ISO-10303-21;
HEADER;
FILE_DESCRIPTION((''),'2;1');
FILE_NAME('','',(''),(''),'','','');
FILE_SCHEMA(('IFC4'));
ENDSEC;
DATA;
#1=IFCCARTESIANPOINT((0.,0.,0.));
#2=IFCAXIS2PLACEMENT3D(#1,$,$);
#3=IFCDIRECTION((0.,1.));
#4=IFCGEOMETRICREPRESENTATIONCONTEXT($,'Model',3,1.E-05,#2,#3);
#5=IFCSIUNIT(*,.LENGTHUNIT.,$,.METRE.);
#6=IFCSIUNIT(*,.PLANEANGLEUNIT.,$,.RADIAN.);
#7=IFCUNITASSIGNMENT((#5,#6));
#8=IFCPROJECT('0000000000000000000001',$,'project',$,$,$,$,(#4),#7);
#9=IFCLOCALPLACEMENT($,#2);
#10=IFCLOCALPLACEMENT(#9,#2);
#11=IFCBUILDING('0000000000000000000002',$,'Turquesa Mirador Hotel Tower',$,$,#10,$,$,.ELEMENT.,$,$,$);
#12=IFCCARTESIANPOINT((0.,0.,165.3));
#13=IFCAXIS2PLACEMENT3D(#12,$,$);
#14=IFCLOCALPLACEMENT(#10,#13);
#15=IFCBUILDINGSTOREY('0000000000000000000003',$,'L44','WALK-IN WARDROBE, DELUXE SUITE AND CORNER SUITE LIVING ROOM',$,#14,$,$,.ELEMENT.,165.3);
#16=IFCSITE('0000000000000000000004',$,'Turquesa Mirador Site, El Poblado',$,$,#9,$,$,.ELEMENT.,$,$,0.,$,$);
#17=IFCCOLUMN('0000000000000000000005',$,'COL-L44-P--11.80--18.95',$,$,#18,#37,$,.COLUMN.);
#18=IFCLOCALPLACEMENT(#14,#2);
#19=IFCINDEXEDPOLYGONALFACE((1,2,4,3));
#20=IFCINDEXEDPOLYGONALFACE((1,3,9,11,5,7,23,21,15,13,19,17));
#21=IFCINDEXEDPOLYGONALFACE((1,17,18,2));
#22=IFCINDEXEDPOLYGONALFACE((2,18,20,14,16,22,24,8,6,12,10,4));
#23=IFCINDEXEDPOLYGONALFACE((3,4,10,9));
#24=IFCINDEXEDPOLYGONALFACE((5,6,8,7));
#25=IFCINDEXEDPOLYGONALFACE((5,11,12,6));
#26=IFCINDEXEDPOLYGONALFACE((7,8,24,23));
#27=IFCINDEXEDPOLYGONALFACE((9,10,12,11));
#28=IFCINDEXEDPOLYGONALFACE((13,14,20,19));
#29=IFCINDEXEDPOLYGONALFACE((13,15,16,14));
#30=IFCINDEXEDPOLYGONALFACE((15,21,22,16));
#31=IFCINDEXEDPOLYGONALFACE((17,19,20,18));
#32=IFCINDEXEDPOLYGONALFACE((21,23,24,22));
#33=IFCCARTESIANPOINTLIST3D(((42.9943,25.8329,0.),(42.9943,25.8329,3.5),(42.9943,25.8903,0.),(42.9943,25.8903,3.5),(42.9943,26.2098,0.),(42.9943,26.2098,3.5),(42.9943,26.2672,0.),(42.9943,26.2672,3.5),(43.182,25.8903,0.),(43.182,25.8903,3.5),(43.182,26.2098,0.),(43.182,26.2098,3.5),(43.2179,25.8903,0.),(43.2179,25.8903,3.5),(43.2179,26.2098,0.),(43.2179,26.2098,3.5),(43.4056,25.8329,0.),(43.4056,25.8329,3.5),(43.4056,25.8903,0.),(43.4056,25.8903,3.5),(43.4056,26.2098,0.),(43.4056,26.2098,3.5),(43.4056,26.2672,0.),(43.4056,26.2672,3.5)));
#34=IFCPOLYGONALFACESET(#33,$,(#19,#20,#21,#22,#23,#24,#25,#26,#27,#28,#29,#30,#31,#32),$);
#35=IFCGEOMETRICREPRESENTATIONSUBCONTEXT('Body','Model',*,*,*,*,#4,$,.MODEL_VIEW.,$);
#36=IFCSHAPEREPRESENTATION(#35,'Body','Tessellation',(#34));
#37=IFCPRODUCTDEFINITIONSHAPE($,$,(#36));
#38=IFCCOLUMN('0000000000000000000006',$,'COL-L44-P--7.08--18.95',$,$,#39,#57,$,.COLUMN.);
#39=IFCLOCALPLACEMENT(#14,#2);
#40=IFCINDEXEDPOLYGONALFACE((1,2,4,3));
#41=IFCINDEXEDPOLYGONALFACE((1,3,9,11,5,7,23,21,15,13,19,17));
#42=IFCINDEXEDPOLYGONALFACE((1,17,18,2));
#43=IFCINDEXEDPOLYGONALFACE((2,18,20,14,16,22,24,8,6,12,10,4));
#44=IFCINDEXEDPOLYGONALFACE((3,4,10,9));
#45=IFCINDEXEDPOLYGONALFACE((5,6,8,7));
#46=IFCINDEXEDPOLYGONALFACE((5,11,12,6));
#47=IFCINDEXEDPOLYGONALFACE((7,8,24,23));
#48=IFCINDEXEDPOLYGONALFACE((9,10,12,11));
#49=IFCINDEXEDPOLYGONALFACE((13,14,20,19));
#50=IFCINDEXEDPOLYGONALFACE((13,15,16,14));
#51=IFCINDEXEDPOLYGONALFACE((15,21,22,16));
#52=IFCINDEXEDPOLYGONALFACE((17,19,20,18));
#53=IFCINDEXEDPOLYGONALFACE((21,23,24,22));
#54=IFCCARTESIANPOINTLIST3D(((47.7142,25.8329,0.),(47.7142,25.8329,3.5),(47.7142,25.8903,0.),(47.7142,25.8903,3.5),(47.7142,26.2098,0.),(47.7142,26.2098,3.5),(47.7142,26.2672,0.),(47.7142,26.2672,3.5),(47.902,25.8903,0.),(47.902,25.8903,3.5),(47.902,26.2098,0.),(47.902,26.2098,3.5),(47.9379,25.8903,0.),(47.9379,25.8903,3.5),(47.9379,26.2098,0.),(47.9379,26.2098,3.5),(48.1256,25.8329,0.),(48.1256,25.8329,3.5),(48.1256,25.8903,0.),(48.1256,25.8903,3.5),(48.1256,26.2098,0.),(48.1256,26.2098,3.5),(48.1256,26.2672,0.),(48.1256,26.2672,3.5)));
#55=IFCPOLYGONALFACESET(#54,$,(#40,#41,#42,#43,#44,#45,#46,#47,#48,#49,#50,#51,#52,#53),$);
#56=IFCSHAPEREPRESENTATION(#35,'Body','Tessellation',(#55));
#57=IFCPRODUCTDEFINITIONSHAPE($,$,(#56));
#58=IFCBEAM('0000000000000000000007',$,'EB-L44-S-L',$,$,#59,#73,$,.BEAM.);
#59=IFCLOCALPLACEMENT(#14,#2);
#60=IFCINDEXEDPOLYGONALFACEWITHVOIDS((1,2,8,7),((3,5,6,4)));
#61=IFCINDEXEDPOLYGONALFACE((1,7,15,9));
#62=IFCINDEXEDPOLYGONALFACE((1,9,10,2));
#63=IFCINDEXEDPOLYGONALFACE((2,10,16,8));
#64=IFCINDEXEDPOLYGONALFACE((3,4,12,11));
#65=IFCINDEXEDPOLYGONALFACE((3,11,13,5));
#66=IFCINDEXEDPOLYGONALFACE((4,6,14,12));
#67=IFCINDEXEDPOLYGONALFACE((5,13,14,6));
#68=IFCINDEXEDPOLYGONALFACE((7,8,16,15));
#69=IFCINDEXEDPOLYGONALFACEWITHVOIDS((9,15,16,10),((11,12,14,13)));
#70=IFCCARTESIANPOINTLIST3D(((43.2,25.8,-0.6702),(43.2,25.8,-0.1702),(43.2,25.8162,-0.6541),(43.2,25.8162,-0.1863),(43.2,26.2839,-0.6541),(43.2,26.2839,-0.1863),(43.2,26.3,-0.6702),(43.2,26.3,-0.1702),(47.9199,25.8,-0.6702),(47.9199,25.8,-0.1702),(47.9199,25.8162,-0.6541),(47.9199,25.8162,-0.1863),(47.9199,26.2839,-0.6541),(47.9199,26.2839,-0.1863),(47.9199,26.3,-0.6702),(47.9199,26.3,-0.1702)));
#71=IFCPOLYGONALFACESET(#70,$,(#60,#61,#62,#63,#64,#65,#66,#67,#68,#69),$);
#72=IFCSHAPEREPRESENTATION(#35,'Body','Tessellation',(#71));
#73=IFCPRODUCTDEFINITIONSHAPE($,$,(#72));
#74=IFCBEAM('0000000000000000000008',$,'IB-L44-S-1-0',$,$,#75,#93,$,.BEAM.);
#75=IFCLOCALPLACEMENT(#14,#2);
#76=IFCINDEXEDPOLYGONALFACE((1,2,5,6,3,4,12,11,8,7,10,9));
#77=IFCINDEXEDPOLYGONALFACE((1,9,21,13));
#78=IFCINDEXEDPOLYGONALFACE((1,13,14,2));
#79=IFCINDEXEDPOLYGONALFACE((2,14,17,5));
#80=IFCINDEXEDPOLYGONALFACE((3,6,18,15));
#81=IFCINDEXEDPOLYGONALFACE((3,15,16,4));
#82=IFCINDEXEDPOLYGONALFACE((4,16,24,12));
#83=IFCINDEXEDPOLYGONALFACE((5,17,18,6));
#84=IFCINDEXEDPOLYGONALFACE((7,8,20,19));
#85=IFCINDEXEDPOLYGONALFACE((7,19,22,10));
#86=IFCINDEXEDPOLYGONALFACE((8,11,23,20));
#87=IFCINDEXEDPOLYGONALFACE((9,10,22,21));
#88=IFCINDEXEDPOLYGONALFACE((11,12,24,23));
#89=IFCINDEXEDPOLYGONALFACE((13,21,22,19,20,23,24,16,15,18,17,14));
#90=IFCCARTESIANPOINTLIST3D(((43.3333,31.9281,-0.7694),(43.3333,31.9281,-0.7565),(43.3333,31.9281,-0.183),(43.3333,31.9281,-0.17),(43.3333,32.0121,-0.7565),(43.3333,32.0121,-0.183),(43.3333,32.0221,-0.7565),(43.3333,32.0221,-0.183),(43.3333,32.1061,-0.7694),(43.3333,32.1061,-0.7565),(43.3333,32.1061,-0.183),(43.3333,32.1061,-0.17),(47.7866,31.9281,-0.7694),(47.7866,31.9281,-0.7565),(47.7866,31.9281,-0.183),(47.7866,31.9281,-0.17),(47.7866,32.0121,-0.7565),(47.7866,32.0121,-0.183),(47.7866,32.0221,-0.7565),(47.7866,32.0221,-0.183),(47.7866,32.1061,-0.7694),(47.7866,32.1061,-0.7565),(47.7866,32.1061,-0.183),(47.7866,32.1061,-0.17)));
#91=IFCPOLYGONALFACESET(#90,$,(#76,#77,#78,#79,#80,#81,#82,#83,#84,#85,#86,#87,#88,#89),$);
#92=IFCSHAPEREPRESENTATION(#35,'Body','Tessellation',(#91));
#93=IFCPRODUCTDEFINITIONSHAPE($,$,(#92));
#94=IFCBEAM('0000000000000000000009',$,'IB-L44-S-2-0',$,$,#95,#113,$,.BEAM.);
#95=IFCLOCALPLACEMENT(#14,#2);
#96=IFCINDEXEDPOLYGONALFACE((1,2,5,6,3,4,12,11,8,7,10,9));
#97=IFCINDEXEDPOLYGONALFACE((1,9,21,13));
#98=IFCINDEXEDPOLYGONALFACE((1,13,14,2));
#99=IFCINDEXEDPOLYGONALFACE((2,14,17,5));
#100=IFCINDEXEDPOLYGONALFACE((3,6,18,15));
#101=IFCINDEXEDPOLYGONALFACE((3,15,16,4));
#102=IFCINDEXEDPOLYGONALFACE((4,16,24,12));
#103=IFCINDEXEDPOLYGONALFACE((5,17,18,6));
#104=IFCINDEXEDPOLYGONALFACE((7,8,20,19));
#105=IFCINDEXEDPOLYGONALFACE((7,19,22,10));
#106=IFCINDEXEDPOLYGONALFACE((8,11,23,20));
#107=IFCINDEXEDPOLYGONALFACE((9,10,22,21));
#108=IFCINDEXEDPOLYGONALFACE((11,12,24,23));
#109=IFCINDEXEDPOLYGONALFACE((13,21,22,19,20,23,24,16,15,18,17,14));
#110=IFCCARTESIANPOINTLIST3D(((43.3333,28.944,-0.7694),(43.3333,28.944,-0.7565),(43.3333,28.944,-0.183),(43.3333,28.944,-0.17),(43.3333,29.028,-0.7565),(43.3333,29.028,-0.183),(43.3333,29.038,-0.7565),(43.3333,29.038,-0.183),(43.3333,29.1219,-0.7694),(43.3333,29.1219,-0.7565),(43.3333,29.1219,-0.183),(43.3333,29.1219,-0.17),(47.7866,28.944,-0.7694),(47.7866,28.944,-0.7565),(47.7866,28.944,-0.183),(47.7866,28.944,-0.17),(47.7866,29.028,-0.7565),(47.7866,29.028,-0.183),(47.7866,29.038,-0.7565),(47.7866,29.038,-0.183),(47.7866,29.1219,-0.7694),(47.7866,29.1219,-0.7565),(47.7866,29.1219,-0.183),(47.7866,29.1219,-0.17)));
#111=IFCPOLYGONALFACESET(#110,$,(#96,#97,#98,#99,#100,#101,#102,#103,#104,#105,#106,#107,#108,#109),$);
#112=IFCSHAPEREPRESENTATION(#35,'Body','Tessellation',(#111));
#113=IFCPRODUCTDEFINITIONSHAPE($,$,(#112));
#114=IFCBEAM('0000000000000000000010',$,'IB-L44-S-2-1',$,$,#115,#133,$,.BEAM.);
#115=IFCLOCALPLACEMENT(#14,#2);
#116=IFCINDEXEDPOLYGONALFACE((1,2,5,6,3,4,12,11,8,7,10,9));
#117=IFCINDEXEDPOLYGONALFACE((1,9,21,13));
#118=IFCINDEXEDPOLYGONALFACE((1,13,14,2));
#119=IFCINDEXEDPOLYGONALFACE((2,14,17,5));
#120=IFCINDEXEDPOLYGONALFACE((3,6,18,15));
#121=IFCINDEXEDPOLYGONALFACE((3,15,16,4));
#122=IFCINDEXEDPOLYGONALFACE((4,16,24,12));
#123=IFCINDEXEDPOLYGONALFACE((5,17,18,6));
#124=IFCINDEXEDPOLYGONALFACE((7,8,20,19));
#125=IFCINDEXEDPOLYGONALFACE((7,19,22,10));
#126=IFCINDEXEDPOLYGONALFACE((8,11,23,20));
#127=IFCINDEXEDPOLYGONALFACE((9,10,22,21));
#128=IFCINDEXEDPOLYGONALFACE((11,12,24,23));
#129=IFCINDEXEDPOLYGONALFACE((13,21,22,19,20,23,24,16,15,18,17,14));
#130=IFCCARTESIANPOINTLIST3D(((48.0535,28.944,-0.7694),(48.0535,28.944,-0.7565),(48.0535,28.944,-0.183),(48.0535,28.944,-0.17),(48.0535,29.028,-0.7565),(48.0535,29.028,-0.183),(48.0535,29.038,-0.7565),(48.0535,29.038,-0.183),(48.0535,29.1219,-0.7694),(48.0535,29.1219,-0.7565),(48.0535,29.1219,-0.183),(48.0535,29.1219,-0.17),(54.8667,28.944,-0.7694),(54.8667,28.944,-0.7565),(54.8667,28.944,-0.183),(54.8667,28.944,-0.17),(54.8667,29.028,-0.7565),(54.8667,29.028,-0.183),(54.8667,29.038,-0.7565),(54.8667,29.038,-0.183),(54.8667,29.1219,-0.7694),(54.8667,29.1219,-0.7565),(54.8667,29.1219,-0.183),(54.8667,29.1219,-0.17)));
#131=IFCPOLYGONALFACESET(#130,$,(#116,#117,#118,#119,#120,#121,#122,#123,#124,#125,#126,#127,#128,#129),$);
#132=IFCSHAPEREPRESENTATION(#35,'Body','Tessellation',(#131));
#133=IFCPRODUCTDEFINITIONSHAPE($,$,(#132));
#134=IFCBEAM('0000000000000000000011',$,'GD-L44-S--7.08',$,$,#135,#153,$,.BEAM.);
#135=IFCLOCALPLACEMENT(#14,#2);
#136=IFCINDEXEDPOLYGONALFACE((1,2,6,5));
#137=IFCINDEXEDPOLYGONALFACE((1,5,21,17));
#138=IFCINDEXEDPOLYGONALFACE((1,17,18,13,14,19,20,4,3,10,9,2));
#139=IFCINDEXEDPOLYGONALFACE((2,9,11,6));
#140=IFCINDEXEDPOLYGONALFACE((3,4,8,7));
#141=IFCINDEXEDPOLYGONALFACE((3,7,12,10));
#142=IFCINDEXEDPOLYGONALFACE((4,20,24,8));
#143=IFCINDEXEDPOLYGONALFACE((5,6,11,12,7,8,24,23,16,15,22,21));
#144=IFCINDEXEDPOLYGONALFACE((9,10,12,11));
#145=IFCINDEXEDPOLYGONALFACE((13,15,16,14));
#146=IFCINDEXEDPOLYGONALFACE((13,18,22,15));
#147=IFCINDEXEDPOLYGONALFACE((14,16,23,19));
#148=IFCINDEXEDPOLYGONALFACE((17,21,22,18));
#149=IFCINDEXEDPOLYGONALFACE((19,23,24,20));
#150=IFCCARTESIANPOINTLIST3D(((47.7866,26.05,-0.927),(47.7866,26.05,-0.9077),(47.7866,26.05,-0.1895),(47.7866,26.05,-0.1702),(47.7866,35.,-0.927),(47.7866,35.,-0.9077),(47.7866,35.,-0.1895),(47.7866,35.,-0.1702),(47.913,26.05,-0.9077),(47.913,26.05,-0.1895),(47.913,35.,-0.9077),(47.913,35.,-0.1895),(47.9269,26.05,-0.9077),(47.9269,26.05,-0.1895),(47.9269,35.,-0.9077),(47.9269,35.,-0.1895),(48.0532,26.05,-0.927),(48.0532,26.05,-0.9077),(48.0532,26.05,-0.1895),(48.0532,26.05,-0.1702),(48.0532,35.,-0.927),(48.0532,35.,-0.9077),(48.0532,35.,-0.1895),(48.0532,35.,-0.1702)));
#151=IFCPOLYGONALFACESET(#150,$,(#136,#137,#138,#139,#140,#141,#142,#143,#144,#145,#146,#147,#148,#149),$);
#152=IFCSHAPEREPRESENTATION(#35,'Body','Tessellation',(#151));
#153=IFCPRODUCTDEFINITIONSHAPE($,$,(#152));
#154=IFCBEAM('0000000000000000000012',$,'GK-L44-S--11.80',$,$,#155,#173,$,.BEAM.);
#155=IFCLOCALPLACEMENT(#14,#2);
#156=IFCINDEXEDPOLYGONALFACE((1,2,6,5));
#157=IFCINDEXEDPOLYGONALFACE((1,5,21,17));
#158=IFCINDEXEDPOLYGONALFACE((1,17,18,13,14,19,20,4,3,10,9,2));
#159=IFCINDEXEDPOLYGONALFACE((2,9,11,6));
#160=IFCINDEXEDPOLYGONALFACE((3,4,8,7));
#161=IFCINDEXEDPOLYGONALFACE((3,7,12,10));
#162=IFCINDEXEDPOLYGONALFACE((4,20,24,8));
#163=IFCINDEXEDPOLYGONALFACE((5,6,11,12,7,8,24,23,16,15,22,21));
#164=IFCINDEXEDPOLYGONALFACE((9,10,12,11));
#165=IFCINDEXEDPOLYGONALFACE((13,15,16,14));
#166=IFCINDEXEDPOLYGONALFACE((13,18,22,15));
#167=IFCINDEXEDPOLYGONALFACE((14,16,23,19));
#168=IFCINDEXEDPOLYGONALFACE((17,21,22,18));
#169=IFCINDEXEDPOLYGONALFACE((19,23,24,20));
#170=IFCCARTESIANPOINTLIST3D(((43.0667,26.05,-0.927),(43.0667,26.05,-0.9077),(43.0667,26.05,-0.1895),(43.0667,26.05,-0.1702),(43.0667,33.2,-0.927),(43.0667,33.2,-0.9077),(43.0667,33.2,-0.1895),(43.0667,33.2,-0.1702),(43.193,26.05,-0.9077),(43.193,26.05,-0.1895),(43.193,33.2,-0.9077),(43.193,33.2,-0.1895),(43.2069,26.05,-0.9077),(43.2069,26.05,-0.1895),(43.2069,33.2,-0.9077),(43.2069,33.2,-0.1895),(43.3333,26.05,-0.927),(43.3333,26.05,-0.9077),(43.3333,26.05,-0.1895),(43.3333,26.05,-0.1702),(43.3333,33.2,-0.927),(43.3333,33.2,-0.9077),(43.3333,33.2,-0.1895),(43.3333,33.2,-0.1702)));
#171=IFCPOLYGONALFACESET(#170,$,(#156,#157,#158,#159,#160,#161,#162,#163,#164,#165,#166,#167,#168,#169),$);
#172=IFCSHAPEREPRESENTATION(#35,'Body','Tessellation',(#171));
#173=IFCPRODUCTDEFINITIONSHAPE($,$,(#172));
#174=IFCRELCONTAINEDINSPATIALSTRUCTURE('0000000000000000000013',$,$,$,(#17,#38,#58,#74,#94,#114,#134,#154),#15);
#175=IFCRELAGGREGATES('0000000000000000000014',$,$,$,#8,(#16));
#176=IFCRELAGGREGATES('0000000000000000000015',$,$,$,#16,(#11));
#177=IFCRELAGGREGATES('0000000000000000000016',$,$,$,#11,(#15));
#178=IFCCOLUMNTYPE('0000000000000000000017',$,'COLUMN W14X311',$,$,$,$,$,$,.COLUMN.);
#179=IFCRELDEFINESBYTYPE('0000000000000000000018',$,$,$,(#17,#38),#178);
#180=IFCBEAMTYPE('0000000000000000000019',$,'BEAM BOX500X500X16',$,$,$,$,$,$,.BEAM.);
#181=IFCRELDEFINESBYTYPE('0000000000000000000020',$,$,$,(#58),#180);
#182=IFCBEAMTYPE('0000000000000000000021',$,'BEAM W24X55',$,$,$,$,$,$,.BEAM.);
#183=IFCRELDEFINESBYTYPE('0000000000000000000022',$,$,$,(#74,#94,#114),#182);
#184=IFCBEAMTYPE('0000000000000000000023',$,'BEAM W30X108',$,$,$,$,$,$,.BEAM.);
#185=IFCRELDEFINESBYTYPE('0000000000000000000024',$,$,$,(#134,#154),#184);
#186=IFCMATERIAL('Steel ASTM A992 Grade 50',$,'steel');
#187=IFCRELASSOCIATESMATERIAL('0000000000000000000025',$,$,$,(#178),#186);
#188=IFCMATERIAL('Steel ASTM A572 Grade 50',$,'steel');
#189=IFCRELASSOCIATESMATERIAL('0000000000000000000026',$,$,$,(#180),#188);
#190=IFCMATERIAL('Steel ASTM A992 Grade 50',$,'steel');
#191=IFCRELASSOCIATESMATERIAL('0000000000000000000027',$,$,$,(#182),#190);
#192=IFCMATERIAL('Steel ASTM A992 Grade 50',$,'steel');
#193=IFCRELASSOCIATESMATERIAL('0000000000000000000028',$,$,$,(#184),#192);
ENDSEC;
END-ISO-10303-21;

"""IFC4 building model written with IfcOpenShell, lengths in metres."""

from ifc_helpers import new_model, si_unit, direction, frame, origin, origin_2d, place, context, subcontext, project, spatial, hollow_rectangle, i_section, extrude, material, material_profile, profile_set, type_object, element, save


model = new_model("IFC4")

# Units and contexts
model_context = context("Model", 3, precision=1e-05, world=origin(), true_north=direction((0.0, 1.0)))
body_context = subcontext(model_context, "Body", "Model", "MODEL_VIEW")
ifc_project = project(units=[si_unit("LENGTHUNIT", "METRE"), si_unit("PLANEANGLEUNIT", "RADIAN")], contexts=[model_context])

# Site, building, storey
site_placement = place(None, origin())
site = spatial("IfcSite", under=ifc_project, at=site_placement, Name="Turquesa Mirador Site, El Poblado", CompositionType="ELEMENT", RefElevation=0.0)
building_placement = place(site_placement, origin())
building = spatial("IfcBuilding", under=site, at=building_placement, Name="Turquesa Mirador Hotel Tower", CompositionType="ELEMENT")
storey_placement = place(building_placement, frame((0.0, 0.0, 165.3)))
storey = spatial("IfcBuildingStorey", under=building, at=storey_placement, Name="L44", Description="WALK-IN WARDROBE, DELUXE SUITE AND CORNER SUITE LIVING ROOM", CompositionType="ELEMENT", Elevation=165.3)

# Columns
ifc_material_1 = material(Name="Steel ASTM A992 Grade 50", Category="steel")
ifc_material_profile_1 = material_profile(ifc_material_1, i_section(OverallWidth=0.4114, OverallDepth=0.4343, WebThickness=0.0359, FlangeThickness=0.0574, at=origin_2d()), Name="W14X311")
ifc_profile_set_1 = profile_set([ifc_material_profile_1], Name="Steel ASTM A992 Grade 50")
column_type = type_object("IfcColumnType", Name="COLUMN W14X311", PredefinedType="COLUMN", material=ifc_profile_set_1)
for number, where, z_axis, x_axis, name in (
    (1, (43.2, 26.05, 0.0), (0.0, 0.0, 1.0), (1.0, 0.0, 0.0), "COL-L44-P--11.80--18.95"),
    (2, (47.9199, 26.05, 0.0), (0.0, 0.0, 1.0), (1.0, 0.0, 0.0), "COL-L44-P--7.08--18.95"),
):
    element("IfcColumn", number, at=place(storey_placement, frame(where, z_axis=z_axis, x_axis=x_axis)), inside=storey, type_object=column_type, Name=name, PredefinedType="COLUMN", context=body_context, shape_type="SweptSolid", body=[
        extrude(i_section(OverallWidth=0.4114, OverallDepth=0.4343, WebThickness=0.0359, FlangeThickness=0.0574, at=origin_2d()), origin(), (0.0, 0.0, 1.0), 3.5),
    ])

# Beams
ifc_material_2 = material(Name="Steel ASTM A572 Grade 50", Category="steel")
ifc_material_profile_2 = material_profile(ifc_material_2, hollow_rectangle(XDim=0.5, YDim=0.5, WallThickness=0.0161, at=origin_2d()), Name="BOX500X500X16")
ifc_profile_set_2 = profile_set([ifc_material_profile_2], Name="Steel ASTM A572 Grade 50")
beam_type_1 = type_object("IfcBeamType", Name="BEAM BOX500X500X16", PredefinedType="BEAM", material=ifc_profile_set_2)
beam_1_placement = place(storey_placement, frame((43.2, 26.05, -0.4202), z_axis=(1.0, 0.0, 0.0), x_axis=(0.0, 1.0, 0.0)))
element("IfcBeam", 3, at=beam_1_placement, inside=storey, type_object=beam_type_1, Name="EB-L44-S-L", PredefinedType="BEAM", context=body_context, shape_type="SweptSolid", body=[
    extrude(hollow_rectangle(XDim=0.5, YDim=0.5, WallThickness=0.0161, at=origin_2d()), origin(), (0.0, 0.0, 1.0), 4.72),
])
ifc_material_3 = material(Name="Steel ASTM A992 Grade 50", Category="steel")
ifc_material_profile_3 = material_profile(ifc_material_3, i_section(OverallWidth=0.178, OverallDepth=0.5994, WebThickness=0.01, FlangeThickness=0.0129, at=origin_2d()), Name="W24X55")
ifc_profile_set_3 = profile_set([ifc_material_profile_3], Name="Steel ASTM A992 Grade 50")
beam_type_2 = type_object("IfcBeamType", Name="BEAM W24X55", PredefinedType="BEAM", material=ifc_profile_set_3)
for number, where, z_axis, x_axis, name in (
    (4, (43.3333, 32.0171, -0.4697), (1.0, 0.0, 0.0), (0.0, 1.0, 0.0), "IB-L44-S-1-0"),
    (5, (43.3333, 29.033, -0.4697), (1.0, 0.0, 0.0), (0.0, 1.0, 0.0), "IB-L44-S-2-0"),
):
    element("IfcBeam", number, at=place(storey_placement, frame(where, z_axis=z_axis, x_axis=x_axis)), inside=storey, type_object=beam_type_2, Name=name, PredefinedType="BEAM", context=body_context, shape_type="SweptSolid", body=[
        extrude(i_section(OverallWidth=0.178, OverallDepth=0.5994, WebThickness=0.01, FlangeThickness=0.0129, at=origin_2d()), origin(), (0.0, 0.0, 1.0), 4.4534),
    ])
beam_2_placement = place(storey_placement, frame((48.0535, 29.033, -0.4697), z_axis=(1.0, 0.0, 0.0), x_axis=(0.0, 1.0, 0.0)))
element("IfcBeam", 6, at=beam_2_placement, inside=storey, type_object=beam_type_2, Name="IB-L44-S-2-1", PredefinedType="BEAM", context=body_context, shape_type="SweptSolid", body=[
    extrude(i_section(OverallWidth=0.178, OverallDepth=0.5994, WebThickness=0.01, FlangeThickness=0.0129, at=origin_2d()), origin(), (0.0, 0.0, 1.0), 6.8132),
])
ifc_material_4 = material(Name="Steel ASTM A992 Grade 50", Category="steel")
ifc_material_profile_4 = material_profile(ifc_material_4, i_section(OverallWidth=0.2666, OverallDepth=0.7568, WebThickness=0.0139, FlangeThickness=0.0193, at=origin_2d()), Name="W30X108")
ifc_profile_set_4 = profile_set([ifc_material_profile_4], Name="Steel ASTM A992 Grade 50")
beam_type_3 = type_object("IfcBeamType", Name="BEAM W30X108", PredefinedType="BEAM", material=ifc_profile_set_4)
beam_3_placement = place(storey_placement, frame((47.9199, 26.05, -0.5486), z_axis=(0.0, 1.0, 0.0), x_axis=(-1.0, 0.0, 0.0)))
element("IfcBeam", 7, at=beam_3_placement, inside=storey, type_object=beam_type_3, Name="GD-L44-S--7.08", PredefinedType="BEAM", context=body_context, shape_type="SweptSolid", body=[
    extrude(i_section(OverallWidth=0.2666, OverallDepth=0.7568, WebThickness=0.0139, FlangeThickness=0.0193, at=origin_2d()), origin(), (0.0, 0.0, 1.0), 8.95),
])
beam_4_placement = place(storey_placement, frame((43.2, 26.05, -0.5486), z_axis=(0.0, 1.0, 0.0), x_axis=(-1.0, 0.0, 0.0)))
element("IfcBeam", 8, at=beam_4_placement, inside=storey, type_object=beam_type_3, Name="GK-L44-S--11.80", PredefinedType="BEAM", context=body_context, shape_type="SweptSolid", body=[
    extrude(i_section(OverallWidth=0.2666, OverallDepth=0.7568, WebThickness=0.0139, FlangeThickness=0.0193, at=origin_2d()), origin(), (0.0, 0.0, 1.0), 7.1499),
])

save(model, "model.ifc")
